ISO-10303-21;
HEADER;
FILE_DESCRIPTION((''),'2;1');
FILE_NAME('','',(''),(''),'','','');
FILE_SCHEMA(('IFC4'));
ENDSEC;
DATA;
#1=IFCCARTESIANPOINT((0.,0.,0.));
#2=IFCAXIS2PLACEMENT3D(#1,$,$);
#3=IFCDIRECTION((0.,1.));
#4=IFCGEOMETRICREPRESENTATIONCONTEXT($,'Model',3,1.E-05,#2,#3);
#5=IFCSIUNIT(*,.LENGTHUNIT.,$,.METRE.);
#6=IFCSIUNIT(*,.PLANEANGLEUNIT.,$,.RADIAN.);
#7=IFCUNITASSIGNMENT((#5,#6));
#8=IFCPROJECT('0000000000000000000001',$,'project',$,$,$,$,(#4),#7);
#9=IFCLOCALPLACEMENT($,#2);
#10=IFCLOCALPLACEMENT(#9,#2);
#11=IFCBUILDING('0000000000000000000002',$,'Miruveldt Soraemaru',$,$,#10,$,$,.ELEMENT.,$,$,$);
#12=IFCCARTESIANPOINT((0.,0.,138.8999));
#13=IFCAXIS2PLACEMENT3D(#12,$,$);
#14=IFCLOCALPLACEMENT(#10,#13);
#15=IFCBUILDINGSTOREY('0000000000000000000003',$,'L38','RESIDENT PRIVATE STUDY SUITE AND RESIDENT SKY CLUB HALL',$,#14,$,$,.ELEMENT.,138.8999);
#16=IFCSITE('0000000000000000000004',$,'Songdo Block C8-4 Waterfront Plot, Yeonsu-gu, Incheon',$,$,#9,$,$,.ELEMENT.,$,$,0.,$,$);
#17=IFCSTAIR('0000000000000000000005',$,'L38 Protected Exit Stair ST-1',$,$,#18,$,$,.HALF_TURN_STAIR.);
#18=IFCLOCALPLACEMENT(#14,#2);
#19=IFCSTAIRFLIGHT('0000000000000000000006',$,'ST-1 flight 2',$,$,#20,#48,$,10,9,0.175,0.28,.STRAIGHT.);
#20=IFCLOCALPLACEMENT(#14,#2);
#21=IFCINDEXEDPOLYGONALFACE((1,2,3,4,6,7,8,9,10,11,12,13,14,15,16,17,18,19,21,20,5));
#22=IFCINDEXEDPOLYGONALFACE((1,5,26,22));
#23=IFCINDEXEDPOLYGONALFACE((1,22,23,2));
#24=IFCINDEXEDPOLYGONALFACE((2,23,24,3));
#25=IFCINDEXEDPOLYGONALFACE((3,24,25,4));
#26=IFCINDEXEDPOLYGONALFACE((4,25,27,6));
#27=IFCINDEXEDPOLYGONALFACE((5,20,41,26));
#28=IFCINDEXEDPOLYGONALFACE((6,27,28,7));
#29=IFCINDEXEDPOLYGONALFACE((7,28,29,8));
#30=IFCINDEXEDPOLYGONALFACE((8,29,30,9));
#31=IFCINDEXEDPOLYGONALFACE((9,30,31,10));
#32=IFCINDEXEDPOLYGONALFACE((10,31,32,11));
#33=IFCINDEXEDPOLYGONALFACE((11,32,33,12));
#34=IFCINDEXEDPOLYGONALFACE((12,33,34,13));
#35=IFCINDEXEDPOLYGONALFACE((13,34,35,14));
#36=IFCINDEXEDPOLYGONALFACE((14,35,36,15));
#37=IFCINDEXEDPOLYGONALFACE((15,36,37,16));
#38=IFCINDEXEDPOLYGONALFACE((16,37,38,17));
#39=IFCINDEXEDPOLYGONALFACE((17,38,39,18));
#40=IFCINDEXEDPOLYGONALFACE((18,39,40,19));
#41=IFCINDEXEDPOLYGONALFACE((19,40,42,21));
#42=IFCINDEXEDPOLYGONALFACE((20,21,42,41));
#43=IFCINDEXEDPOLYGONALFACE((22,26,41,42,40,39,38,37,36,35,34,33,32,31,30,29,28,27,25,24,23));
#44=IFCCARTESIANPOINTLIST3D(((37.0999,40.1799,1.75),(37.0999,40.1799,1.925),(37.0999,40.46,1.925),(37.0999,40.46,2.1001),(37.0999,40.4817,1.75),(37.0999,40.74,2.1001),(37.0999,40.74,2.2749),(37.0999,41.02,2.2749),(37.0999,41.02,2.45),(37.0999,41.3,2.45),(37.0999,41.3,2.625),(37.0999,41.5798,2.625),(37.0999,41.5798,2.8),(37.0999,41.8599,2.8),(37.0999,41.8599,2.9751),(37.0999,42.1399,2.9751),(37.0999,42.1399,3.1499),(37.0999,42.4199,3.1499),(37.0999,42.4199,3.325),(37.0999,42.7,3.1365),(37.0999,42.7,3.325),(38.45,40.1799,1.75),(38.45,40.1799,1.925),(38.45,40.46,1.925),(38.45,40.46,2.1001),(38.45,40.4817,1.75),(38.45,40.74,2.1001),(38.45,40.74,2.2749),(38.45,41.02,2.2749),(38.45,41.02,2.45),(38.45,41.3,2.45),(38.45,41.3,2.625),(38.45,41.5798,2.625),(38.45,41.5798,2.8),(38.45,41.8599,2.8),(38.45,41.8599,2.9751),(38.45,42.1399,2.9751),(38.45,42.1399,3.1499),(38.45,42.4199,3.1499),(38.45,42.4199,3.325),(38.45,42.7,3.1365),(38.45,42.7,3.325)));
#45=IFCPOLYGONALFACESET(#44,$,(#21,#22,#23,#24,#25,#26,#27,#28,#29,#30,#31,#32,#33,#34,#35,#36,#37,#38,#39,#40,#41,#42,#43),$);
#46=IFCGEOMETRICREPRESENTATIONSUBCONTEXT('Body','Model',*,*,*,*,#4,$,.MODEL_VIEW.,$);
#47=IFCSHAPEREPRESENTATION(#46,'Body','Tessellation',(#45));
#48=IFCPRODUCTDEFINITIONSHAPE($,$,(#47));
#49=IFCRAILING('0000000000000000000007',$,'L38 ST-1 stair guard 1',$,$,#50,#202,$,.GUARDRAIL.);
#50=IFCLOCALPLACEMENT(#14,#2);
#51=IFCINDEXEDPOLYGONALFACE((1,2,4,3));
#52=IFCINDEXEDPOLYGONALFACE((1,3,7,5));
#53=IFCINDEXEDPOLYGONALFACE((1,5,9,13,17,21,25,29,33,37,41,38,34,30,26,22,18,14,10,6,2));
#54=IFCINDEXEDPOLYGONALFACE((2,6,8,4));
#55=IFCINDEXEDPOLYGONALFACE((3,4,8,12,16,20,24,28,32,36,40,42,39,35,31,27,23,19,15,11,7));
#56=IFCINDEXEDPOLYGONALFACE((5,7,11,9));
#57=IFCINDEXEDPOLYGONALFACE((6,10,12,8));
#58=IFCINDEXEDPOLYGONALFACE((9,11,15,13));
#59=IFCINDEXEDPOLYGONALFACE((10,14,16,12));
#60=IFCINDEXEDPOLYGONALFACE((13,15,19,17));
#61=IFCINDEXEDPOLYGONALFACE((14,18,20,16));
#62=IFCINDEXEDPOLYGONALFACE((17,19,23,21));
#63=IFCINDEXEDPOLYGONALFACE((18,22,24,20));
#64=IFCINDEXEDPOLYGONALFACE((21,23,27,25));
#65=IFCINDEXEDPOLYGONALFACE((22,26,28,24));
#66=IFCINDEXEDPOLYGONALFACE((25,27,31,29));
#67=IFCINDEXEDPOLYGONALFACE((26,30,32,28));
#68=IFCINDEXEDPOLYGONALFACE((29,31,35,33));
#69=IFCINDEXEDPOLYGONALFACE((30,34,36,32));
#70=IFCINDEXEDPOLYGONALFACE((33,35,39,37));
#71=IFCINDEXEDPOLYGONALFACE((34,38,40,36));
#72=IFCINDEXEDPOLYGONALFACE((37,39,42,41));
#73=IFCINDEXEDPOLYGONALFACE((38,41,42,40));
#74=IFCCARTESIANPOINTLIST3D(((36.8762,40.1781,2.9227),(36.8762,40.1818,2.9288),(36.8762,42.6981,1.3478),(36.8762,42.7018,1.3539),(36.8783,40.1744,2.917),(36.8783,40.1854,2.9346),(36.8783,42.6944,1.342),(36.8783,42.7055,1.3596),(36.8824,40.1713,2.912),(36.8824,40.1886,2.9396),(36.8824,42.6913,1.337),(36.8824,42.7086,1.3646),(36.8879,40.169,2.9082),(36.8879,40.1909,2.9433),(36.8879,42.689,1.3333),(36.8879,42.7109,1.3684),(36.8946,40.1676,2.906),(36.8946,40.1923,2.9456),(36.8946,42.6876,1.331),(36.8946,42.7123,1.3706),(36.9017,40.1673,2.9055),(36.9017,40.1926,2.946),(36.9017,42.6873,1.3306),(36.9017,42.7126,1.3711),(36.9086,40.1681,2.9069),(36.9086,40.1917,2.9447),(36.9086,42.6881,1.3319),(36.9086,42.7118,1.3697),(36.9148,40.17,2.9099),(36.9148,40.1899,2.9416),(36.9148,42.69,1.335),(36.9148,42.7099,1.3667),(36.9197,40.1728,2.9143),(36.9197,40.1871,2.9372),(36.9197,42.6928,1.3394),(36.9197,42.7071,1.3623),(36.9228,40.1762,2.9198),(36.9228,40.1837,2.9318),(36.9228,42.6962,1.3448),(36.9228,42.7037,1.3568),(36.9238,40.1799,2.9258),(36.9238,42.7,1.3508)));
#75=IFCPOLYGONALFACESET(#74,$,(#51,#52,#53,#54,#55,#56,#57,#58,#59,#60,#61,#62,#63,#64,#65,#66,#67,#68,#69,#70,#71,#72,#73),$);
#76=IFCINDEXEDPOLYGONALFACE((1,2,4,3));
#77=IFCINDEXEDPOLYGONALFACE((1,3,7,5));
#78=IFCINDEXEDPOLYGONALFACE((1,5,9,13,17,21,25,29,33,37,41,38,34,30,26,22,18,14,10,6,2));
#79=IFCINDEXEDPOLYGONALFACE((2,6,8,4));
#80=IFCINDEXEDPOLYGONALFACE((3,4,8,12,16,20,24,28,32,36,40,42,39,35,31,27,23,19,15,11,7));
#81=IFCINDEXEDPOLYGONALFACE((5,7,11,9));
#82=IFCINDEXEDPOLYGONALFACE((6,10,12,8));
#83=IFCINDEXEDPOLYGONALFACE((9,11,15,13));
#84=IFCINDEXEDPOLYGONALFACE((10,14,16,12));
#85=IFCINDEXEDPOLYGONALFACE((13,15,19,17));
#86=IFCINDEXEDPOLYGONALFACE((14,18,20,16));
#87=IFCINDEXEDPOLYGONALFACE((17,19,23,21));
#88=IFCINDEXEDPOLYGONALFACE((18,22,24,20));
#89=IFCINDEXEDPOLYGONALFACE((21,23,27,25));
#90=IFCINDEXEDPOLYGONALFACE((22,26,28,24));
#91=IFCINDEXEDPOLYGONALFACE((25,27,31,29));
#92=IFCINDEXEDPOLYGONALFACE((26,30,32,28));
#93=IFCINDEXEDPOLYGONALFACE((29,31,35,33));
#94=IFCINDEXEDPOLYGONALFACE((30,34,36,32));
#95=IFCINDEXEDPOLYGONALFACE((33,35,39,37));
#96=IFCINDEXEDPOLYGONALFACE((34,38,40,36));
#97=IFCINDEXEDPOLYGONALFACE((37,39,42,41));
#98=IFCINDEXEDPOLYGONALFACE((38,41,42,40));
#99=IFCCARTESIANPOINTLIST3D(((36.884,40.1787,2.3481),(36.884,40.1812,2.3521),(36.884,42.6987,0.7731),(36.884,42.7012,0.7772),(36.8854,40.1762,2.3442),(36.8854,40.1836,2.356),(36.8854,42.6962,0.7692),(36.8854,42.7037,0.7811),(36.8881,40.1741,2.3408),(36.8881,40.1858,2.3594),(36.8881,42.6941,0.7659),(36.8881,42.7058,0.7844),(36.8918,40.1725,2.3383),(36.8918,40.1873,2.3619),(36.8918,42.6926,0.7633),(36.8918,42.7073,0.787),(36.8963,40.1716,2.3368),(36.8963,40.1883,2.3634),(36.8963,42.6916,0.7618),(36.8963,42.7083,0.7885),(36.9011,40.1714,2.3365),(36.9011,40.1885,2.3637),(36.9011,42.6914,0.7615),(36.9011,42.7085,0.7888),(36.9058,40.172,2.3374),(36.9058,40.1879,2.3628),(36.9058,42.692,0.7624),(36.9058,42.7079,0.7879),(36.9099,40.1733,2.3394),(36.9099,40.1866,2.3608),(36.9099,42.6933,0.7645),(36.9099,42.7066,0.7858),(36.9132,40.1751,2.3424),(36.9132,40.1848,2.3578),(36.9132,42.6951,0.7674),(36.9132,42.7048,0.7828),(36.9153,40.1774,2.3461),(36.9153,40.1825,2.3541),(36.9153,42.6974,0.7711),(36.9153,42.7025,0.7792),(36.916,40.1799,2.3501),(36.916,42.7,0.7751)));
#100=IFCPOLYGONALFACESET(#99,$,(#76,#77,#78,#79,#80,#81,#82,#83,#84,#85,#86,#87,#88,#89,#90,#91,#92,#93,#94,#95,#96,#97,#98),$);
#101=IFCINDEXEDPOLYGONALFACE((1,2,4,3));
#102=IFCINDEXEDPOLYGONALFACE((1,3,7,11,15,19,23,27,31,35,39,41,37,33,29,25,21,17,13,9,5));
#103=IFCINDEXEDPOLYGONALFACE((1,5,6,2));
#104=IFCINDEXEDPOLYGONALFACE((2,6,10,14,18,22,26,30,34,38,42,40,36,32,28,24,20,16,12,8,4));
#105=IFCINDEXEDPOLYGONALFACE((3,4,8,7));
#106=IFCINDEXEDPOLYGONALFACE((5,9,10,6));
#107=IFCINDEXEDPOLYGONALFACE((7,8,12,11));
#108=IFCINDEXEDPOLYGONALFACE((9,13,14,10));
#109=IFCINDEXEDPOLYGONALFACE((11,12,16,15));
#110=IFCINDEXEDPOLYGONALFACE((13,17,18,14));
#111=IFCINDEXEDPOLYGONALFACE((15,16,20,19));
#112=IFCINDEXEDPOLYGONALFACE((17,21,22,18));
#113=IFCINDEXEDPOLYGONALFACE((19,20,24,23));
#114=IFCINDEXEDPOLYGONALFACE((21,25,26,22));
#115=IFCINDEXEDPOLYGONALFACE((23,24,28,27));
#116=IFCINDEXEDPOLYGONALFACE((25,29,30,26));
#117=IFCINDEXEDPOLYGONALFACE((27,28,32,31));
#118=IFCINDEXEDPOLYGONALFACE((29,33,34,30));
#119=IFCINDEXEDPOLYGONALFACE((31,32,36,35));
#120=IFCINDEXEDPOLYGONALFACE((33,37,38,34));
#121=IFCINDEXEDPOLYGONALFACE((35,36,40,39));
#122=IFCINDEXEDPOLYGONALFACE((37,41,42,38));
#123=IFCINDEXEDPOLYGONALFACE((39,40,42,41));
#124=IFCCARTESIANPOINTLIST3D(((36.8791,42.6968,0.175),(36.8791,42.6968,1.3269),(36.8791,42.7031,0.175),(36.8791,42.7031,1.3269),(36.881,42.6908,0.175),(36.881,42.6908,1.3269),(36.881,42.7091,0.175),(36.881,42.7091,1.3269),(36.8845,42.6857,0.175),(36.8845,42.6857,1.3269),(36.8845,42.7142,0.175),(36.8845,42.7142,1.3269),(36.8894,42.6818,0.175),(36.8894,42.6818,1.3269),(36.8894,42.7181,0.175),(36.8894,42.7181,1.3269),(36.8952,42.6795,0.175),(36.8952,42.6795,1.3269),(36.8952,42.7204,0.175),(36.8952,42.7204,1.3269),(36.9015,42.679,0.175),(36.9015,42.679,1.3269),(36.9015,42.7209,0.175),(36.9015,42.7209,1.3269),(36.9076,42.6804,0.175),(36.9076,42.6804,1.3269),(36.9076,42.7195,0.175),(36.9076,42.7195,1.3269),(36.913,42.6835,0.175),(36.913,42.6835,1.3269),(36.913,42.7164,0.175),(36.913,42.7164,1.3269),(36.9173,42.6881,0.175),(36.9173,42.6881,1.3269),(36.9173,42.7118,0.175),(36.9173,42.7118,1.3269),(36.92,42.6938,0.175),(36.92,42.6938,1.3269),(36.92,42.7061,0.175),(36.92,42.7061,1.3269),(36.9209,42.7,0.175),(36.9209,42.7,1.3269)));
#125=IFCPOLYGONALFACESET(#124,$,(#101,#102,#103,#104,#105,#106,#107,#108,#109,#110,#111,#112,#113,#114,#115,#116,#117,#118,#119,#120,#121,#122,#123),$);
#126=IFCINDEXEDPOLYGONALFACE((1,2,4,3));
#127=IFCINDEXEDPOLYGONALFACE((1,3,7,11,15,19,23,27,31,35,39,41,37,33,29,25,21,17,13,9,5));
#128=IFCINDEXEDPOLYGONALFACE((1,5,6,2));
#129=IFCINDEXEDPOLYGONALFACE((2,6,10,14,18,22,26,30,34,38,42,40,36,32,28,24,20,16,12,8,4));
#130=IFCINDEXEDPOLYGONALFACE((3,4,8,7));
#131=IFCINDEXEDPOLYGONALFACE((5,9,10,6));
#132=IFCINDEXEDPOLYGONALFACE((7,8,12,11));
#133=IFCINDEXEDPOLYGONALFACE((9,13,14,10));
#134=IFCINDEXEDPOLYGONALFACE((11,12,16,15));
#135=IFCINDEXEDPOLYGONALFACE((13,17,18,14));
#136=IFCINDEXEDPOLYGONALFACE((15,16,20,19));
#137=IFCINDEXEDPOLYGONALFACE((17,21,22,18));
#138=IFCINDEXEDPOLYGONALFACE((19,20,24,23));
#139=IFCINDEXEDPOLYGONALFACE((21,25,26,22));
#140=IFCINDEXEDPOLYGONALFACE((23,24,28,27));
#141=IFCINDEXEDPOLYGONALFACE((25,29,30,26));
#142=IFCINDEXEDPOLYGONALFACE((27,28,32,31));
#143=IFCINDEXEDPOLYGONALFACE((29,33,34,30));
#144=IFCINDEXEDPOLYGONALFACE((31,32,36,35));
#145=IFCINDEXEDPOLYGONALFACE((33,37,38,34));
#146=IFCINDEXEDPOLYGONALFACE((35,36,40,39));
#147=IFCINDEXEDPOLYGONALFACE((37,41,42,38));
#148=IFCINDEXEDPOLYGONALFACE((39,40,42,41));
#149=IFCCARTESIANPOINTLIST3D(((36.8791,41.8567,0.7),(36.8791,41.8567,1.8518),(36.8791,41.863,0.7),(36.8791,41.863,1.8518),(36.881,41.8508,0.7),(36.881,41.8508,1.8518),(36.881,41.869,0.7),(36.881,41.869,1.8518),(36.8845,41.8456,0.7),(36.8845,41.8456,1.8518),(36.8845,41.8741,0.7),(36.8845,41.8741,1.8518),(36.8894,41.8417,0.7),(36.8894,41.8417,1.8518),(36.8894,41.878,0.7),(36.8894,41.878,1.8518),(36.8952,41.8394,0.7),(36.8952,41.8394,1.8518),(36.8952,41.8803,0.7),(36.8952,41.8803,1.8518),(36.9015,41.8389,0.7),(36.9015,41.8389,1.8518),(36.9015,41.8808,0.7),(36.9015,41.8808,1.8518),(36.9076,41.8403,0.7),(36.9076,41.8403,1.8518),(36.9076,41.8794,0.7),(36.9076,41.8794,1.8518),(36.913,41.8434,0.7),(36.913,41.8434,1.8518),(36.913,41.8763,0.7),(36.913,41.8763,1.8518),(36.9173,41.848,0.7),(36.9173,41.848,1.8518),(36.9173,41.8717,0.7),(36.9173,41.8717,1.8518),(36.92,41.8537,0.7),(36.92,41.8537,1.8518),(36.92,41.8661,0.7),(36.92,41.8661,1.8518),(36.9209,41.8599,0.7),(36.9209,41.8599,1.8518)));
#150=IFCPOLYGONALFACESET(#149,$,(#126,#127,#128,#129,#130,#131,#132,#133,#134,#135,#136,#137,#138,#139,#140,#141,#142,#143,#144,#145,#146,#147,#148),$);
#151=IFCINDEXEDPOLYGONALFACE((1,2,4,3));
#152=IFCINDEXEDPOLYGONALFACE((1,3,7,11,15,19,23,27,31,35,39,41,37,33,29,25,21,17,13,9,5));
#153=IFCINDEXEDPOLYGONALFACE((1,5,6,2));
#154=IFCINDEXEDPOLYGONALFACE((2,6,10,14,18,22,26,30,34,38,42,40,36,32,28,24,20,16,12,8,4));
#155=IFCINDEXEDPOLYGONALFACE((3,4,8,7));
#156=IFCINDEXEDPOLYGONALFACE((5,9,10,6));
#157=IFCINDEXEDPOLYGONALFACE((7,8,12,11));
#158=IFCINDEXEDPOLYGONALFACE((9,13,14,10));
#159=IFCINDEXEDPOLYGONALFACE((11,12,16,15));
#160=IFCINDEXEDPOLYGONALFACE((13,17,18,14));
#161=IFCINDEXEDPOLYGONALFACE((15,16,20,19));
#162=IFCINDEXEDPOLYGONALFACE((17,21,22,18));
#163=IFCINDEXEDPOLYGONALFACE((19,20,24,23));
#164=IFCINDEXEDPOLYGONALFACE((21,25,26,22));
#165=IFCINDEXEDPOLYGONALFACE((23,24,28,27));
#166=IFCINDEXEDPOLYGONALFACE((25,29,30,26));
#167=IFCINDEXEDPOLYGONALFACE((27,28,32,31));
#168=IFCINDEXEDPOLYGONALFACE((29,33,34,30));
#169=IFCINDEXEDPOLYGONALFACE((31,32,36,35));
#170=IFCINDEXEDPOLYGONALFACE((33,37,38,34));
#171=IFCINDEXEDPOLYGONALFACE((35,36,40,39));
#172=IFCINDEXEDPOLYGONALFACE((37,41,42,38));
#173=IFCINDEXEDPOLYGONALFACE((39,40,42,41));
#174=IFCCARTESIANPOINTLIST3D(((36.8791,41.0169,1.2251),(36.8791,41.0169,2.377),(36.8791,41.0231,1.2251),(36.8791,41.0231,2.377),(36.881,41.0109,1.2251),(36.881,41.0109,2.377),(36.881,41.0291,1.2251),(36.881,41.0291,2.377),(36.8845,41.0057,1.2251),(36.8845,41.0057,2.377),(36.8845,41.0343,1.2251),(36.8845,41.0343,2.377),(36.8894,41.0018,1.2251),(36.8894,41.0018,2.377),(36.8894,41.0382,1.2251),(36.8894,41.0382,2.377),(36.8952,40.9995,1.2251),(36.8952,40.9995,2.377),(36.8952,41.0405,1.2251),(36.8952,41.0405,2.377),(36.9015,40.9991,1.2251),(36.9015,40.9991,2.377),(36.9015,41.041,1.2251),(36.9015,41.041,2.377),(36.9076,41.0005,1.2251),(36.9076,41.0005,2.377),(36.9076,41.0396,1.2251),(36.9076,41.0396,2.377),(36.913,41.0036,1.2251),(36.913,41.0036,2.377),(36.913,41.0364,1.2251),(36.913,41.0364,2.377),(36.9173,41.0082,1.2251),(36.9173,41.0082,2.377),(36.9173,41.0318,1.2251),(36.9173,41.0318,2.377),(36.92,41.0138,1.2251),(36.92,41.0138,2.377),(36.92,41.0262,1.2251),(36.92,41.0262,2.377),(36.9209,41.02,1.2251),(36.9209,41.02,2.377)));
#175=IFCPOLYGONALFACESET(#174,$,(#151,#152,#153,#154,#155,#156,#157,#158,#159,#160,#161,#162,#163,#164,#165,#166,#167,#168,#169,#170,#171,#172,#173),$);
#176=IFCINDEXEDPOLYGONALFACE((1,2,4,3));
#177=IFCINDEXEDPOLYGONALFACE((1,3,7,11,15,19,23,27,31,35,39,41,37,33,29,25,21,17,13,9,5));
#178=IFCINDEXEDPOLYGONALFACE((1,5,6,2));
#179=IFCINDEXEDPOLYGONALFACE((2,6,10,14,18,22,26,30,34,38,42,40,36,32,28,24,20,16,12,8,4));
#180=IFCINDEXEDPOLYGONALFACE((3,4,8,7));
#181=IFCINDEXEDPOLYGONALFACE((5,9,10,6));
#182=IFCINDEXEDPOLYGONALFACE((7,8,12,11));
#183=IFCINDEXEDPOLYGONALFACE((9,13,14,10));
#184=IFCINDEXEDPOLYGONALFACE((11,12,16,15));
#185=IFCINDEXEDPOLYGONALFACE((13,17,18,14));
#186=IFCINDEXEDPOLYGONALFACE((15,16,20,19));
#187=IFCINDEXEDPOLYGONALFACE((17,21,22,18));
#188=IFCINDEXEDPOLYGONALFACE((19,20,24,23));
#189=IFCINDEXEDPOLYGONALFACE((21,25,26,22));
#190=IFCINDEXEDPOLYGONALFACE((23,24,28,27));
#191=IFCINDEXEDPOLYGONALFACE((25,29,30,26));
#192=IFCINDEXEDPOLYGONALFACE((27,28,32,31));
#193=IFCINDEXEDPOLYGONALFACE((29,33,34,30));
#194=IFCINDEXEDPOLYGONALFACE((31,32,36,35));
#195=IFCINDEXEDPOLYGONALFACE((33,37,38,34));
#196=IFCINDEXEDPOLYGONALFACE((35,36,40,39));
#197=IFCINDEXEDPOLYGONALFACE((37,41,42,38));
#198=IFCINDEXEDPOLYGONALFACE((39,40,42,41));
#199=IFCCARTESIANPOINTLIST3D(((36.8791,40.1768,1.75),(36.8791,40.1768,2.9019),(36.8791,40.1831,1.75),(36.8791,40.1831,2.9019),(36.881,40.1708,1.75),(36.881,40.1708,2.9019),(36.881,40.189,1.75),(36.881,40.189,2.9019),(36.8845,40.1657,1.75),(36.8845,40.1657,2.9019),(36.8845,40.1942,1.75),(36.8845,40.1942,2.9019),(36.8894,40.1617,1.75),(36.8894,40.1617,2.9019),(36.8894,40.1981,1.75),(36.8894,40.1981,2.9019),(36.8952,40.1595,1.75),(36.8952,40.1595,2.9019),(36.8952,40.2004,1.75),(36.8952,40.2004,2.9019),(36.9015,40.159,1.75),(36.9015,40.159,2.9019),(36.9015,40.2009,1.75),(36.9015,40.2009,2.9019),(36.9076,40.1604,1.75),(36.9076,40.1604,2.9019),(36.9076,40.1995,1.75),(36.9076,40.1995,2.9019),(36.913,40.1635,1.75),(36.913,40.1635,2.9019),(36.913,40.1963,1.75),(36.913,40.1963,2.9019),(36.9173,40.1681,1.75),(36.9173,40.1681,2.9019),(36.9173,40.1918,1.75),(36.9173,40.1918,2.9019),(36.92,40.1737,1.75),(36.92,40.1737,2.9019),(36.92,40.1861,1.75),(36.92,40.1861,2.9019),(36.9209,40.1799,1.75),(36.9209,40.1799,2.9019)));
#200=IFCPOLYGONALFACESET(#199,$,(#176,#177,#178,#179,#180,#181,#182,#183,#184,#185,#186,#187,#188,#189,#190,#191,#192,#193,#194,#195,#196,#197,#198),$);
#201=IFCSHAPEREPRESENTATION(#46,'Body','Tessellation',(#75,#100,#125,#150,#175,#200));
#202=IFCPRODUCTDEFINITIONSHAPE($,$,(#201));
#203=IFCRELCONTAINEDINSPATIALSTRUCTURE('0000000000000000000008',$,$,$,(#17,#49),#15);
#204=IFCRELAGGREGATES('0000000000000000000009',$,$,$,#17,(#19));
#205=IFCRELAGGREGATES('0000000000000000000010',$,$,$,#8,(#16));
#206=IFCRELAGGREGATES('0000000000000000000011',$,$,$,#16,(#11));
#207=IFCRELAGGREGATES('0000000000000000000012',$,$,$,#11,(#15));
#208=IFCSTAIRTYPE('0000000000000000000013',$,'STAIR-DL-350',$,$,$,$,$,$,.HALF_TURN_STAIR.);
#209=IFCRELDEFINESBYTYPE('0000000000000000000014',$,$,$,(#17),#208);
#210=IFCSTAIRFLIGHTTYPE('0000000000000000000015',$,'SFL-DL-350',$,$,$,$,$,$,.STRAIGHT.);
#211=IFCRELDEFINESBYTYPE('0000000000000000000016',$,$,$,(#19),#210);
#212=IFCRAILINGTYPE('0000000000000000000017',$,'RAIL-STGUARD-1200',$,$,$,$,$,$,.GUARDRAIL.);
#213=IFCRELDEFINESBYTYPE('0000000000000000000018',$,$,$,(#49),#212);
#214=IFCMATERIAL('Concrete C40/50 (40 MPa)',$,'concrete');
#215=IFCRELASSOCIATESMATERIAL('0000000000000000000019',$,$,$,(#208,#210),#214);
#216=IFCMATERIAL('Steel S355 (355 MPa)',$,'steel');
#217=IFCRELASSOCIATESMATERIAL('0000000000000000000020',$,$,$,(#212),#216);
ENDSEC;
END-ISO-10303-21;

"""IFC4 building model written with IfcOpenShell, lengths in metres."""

from ifc_helpers import new_model, si_unit, direction, frame, origin, origin_2d, place, context, subcontext, project, spatial, polyline, circle, outline, extrude, material, type_object, element, aggregate, save


model = new_model("IFC4")

# Units and contexts
model_context = context("Model", 3, precision=1e-05, world=origin(), true_north=direction((0.0, 1.0)))
body_context = subcontext(model_context, "Body", "Model", "MODEL_VIEW")
ifc_project = project(units=[si_unit("LENGTHUNIT", "METRE"), si_unit("PLANEANGLEUNIT", "RADIAN")], contexts=[model_context])

# Site, building, storey
site_placement = place(None, origin())
site = spatial("IfcSite", under=ifc_project, at=site_placement, Name="Songdo Block C8-4 Waterfront Plot, Yeonsu-gu, Incheon", CompositionType="ELEMENT", RefElevation=0.0)
building_placement = place(site_placement, origin())
building = spatial("IfcBuilding", under=site, at=building_placement, Name="Miruveldt Soraemaru", CompositionType="ELEMENT")
storey_placement = place(building_placement, frame((0.0, 0.0, 138.8999)))
storey = spatial("IfcBuildingStorey", under=building, at=storey_placement, Name="L38", Description="RESIDENT PRIVATE STUDY SUITE AND RESIDENT SKY CLUB HALL", CompositionType="ELEMENT", Elevation=138.8999)

# Shared definitions
ifc_material_1 = material(Name="Concrete C40/50 (40 MPa)", Category="concrete")

# Stair, stair flight
stair_type = type_object("IfcStairType", Name="STAIR-DL-350", PredefinedType="HALF_TURN_STAIR", material=ifc_material_1)
stair_placement = place(storey_placement, origin())
stair = element("IfcStair", 1, at=stair_placement, inside=storey, type_object=stair_type, Name="L38 Protected Exit Stair ST-1", PredefinedType="HALF_TURN_STAIR")
stair_flight_type = type_object("IfcStairFlightType", Name="SFL-DL-350", PredefinedType="STRAIGHT", material=ifc_material_1)
stair_flight_1_placement = place(storey_placement, frame((37.7749, 40.1799, 1.75), z_axis=(0.0, 0.0, 1.0), x_axis=(0.0, 1.0, 0.0)))
stair_flight_1 = element("IfcStairFlight", 2, at=stair_flight_1_placement, type_object=stair_flight_type, Name="ST-1 flight 2", NumberOfRisers=10, NumberOfTreads=9, PredefinedType="STRAIGHT", RiserHeight=0.175, TreadLength=0.28, context=body_context, shape_type="SweptSolid", body=[
    extrude(outline(polyline([(0.0, 0.0), (0.0, 0.175), (0.28, 0.175), (0.28, 0.3501), (0.5601, 0.3501), (0.5601, 0.5249), (0.8401, 0.5249), (0.8401, 0.7), (1.1201, 0.7), (1.1201, 0.875), (1.3999, 0.875), (1.3999, 1.05), (1.6799, 1.05), (1.6799, 1.2251), (1.96, 1.2251), (1.96, 1.3999), (2.24, 1.3999), (2.24, 1.575), (2.52, 1.575), (2.52, 1.75), (2.52, 1.3865), (0.3018, 0.0), (0.0, 0.0)])), frame((0.0, 0.675, 0.0), z_axis=(0.0, -1.0, 0.0), x_axis=(1.0, 0.0, 0.0)), (0.0, 0.0, 1.0), 1.3501),
])
aggregate(stair, [stair_flight_1])

# Railing
ifc_material_2 = material(Name="Steel S355 (355 MPa)", Category="steel")
railing_type_1 = type_object("IfcRailingType", Name="RAIL-STGUARD-1200", PredefinedType="GUARDRAIL", material=ifc_material_2)
railing_1_placement = place(storey_placement, frame((36.8999, 42.7, 0.175)))
element("IfcRailing", 3, at=railing_1_placement, inside=storey, type_object=railing_type_1, Name="L38 ST-1 stair guard 1", PredefinedType="GUARDRAIL", context=body_context, shape_type="SweptSolid", body=[
    extrude(circle(Radius=0.0239, at=origin_2d()), frame((0.0, 0.0, 1.1758), z_axis=(0.0, -0.848008, 0.529984), x_axis=(1.0, 0.0, 0.0)), (0.0, 0.0, 1.0), 2.9717),
    extrude(circle(Radius=0.0161, at=origin_2d()), frame((0.0, 0.0, 0.6001), z_axis=(0.0, -0.848008, 0.529984), x_axis=(1.0, 0.0, 0.0)), (0.0, 0.0, 1.0), 2.9717),
    extrude(circle(Radius=0.021, at=origin_2d()), origin(), (0.0, 0.0, 1.0), 1.1519),
    extrude(circle(Radius=0.021, at=origin_2d()), frame((0.0, -0.8401, 0.5249)), (0.0, 0.0, 1.0), 1.1519),
    extrude(circle(Radius=0.021, at=origin_2d()), frame((0.0, -1.6799, 1.05)), (0.0, 0.0, 1.0), 1.1519),
    extrude(circle(Radius=0.021, at=origin_2d()), frame((0.0, -2.52, 1.575)), (0.0, 0.0, 1.0), 1.1519),
])

save(model, "model.ifc")
